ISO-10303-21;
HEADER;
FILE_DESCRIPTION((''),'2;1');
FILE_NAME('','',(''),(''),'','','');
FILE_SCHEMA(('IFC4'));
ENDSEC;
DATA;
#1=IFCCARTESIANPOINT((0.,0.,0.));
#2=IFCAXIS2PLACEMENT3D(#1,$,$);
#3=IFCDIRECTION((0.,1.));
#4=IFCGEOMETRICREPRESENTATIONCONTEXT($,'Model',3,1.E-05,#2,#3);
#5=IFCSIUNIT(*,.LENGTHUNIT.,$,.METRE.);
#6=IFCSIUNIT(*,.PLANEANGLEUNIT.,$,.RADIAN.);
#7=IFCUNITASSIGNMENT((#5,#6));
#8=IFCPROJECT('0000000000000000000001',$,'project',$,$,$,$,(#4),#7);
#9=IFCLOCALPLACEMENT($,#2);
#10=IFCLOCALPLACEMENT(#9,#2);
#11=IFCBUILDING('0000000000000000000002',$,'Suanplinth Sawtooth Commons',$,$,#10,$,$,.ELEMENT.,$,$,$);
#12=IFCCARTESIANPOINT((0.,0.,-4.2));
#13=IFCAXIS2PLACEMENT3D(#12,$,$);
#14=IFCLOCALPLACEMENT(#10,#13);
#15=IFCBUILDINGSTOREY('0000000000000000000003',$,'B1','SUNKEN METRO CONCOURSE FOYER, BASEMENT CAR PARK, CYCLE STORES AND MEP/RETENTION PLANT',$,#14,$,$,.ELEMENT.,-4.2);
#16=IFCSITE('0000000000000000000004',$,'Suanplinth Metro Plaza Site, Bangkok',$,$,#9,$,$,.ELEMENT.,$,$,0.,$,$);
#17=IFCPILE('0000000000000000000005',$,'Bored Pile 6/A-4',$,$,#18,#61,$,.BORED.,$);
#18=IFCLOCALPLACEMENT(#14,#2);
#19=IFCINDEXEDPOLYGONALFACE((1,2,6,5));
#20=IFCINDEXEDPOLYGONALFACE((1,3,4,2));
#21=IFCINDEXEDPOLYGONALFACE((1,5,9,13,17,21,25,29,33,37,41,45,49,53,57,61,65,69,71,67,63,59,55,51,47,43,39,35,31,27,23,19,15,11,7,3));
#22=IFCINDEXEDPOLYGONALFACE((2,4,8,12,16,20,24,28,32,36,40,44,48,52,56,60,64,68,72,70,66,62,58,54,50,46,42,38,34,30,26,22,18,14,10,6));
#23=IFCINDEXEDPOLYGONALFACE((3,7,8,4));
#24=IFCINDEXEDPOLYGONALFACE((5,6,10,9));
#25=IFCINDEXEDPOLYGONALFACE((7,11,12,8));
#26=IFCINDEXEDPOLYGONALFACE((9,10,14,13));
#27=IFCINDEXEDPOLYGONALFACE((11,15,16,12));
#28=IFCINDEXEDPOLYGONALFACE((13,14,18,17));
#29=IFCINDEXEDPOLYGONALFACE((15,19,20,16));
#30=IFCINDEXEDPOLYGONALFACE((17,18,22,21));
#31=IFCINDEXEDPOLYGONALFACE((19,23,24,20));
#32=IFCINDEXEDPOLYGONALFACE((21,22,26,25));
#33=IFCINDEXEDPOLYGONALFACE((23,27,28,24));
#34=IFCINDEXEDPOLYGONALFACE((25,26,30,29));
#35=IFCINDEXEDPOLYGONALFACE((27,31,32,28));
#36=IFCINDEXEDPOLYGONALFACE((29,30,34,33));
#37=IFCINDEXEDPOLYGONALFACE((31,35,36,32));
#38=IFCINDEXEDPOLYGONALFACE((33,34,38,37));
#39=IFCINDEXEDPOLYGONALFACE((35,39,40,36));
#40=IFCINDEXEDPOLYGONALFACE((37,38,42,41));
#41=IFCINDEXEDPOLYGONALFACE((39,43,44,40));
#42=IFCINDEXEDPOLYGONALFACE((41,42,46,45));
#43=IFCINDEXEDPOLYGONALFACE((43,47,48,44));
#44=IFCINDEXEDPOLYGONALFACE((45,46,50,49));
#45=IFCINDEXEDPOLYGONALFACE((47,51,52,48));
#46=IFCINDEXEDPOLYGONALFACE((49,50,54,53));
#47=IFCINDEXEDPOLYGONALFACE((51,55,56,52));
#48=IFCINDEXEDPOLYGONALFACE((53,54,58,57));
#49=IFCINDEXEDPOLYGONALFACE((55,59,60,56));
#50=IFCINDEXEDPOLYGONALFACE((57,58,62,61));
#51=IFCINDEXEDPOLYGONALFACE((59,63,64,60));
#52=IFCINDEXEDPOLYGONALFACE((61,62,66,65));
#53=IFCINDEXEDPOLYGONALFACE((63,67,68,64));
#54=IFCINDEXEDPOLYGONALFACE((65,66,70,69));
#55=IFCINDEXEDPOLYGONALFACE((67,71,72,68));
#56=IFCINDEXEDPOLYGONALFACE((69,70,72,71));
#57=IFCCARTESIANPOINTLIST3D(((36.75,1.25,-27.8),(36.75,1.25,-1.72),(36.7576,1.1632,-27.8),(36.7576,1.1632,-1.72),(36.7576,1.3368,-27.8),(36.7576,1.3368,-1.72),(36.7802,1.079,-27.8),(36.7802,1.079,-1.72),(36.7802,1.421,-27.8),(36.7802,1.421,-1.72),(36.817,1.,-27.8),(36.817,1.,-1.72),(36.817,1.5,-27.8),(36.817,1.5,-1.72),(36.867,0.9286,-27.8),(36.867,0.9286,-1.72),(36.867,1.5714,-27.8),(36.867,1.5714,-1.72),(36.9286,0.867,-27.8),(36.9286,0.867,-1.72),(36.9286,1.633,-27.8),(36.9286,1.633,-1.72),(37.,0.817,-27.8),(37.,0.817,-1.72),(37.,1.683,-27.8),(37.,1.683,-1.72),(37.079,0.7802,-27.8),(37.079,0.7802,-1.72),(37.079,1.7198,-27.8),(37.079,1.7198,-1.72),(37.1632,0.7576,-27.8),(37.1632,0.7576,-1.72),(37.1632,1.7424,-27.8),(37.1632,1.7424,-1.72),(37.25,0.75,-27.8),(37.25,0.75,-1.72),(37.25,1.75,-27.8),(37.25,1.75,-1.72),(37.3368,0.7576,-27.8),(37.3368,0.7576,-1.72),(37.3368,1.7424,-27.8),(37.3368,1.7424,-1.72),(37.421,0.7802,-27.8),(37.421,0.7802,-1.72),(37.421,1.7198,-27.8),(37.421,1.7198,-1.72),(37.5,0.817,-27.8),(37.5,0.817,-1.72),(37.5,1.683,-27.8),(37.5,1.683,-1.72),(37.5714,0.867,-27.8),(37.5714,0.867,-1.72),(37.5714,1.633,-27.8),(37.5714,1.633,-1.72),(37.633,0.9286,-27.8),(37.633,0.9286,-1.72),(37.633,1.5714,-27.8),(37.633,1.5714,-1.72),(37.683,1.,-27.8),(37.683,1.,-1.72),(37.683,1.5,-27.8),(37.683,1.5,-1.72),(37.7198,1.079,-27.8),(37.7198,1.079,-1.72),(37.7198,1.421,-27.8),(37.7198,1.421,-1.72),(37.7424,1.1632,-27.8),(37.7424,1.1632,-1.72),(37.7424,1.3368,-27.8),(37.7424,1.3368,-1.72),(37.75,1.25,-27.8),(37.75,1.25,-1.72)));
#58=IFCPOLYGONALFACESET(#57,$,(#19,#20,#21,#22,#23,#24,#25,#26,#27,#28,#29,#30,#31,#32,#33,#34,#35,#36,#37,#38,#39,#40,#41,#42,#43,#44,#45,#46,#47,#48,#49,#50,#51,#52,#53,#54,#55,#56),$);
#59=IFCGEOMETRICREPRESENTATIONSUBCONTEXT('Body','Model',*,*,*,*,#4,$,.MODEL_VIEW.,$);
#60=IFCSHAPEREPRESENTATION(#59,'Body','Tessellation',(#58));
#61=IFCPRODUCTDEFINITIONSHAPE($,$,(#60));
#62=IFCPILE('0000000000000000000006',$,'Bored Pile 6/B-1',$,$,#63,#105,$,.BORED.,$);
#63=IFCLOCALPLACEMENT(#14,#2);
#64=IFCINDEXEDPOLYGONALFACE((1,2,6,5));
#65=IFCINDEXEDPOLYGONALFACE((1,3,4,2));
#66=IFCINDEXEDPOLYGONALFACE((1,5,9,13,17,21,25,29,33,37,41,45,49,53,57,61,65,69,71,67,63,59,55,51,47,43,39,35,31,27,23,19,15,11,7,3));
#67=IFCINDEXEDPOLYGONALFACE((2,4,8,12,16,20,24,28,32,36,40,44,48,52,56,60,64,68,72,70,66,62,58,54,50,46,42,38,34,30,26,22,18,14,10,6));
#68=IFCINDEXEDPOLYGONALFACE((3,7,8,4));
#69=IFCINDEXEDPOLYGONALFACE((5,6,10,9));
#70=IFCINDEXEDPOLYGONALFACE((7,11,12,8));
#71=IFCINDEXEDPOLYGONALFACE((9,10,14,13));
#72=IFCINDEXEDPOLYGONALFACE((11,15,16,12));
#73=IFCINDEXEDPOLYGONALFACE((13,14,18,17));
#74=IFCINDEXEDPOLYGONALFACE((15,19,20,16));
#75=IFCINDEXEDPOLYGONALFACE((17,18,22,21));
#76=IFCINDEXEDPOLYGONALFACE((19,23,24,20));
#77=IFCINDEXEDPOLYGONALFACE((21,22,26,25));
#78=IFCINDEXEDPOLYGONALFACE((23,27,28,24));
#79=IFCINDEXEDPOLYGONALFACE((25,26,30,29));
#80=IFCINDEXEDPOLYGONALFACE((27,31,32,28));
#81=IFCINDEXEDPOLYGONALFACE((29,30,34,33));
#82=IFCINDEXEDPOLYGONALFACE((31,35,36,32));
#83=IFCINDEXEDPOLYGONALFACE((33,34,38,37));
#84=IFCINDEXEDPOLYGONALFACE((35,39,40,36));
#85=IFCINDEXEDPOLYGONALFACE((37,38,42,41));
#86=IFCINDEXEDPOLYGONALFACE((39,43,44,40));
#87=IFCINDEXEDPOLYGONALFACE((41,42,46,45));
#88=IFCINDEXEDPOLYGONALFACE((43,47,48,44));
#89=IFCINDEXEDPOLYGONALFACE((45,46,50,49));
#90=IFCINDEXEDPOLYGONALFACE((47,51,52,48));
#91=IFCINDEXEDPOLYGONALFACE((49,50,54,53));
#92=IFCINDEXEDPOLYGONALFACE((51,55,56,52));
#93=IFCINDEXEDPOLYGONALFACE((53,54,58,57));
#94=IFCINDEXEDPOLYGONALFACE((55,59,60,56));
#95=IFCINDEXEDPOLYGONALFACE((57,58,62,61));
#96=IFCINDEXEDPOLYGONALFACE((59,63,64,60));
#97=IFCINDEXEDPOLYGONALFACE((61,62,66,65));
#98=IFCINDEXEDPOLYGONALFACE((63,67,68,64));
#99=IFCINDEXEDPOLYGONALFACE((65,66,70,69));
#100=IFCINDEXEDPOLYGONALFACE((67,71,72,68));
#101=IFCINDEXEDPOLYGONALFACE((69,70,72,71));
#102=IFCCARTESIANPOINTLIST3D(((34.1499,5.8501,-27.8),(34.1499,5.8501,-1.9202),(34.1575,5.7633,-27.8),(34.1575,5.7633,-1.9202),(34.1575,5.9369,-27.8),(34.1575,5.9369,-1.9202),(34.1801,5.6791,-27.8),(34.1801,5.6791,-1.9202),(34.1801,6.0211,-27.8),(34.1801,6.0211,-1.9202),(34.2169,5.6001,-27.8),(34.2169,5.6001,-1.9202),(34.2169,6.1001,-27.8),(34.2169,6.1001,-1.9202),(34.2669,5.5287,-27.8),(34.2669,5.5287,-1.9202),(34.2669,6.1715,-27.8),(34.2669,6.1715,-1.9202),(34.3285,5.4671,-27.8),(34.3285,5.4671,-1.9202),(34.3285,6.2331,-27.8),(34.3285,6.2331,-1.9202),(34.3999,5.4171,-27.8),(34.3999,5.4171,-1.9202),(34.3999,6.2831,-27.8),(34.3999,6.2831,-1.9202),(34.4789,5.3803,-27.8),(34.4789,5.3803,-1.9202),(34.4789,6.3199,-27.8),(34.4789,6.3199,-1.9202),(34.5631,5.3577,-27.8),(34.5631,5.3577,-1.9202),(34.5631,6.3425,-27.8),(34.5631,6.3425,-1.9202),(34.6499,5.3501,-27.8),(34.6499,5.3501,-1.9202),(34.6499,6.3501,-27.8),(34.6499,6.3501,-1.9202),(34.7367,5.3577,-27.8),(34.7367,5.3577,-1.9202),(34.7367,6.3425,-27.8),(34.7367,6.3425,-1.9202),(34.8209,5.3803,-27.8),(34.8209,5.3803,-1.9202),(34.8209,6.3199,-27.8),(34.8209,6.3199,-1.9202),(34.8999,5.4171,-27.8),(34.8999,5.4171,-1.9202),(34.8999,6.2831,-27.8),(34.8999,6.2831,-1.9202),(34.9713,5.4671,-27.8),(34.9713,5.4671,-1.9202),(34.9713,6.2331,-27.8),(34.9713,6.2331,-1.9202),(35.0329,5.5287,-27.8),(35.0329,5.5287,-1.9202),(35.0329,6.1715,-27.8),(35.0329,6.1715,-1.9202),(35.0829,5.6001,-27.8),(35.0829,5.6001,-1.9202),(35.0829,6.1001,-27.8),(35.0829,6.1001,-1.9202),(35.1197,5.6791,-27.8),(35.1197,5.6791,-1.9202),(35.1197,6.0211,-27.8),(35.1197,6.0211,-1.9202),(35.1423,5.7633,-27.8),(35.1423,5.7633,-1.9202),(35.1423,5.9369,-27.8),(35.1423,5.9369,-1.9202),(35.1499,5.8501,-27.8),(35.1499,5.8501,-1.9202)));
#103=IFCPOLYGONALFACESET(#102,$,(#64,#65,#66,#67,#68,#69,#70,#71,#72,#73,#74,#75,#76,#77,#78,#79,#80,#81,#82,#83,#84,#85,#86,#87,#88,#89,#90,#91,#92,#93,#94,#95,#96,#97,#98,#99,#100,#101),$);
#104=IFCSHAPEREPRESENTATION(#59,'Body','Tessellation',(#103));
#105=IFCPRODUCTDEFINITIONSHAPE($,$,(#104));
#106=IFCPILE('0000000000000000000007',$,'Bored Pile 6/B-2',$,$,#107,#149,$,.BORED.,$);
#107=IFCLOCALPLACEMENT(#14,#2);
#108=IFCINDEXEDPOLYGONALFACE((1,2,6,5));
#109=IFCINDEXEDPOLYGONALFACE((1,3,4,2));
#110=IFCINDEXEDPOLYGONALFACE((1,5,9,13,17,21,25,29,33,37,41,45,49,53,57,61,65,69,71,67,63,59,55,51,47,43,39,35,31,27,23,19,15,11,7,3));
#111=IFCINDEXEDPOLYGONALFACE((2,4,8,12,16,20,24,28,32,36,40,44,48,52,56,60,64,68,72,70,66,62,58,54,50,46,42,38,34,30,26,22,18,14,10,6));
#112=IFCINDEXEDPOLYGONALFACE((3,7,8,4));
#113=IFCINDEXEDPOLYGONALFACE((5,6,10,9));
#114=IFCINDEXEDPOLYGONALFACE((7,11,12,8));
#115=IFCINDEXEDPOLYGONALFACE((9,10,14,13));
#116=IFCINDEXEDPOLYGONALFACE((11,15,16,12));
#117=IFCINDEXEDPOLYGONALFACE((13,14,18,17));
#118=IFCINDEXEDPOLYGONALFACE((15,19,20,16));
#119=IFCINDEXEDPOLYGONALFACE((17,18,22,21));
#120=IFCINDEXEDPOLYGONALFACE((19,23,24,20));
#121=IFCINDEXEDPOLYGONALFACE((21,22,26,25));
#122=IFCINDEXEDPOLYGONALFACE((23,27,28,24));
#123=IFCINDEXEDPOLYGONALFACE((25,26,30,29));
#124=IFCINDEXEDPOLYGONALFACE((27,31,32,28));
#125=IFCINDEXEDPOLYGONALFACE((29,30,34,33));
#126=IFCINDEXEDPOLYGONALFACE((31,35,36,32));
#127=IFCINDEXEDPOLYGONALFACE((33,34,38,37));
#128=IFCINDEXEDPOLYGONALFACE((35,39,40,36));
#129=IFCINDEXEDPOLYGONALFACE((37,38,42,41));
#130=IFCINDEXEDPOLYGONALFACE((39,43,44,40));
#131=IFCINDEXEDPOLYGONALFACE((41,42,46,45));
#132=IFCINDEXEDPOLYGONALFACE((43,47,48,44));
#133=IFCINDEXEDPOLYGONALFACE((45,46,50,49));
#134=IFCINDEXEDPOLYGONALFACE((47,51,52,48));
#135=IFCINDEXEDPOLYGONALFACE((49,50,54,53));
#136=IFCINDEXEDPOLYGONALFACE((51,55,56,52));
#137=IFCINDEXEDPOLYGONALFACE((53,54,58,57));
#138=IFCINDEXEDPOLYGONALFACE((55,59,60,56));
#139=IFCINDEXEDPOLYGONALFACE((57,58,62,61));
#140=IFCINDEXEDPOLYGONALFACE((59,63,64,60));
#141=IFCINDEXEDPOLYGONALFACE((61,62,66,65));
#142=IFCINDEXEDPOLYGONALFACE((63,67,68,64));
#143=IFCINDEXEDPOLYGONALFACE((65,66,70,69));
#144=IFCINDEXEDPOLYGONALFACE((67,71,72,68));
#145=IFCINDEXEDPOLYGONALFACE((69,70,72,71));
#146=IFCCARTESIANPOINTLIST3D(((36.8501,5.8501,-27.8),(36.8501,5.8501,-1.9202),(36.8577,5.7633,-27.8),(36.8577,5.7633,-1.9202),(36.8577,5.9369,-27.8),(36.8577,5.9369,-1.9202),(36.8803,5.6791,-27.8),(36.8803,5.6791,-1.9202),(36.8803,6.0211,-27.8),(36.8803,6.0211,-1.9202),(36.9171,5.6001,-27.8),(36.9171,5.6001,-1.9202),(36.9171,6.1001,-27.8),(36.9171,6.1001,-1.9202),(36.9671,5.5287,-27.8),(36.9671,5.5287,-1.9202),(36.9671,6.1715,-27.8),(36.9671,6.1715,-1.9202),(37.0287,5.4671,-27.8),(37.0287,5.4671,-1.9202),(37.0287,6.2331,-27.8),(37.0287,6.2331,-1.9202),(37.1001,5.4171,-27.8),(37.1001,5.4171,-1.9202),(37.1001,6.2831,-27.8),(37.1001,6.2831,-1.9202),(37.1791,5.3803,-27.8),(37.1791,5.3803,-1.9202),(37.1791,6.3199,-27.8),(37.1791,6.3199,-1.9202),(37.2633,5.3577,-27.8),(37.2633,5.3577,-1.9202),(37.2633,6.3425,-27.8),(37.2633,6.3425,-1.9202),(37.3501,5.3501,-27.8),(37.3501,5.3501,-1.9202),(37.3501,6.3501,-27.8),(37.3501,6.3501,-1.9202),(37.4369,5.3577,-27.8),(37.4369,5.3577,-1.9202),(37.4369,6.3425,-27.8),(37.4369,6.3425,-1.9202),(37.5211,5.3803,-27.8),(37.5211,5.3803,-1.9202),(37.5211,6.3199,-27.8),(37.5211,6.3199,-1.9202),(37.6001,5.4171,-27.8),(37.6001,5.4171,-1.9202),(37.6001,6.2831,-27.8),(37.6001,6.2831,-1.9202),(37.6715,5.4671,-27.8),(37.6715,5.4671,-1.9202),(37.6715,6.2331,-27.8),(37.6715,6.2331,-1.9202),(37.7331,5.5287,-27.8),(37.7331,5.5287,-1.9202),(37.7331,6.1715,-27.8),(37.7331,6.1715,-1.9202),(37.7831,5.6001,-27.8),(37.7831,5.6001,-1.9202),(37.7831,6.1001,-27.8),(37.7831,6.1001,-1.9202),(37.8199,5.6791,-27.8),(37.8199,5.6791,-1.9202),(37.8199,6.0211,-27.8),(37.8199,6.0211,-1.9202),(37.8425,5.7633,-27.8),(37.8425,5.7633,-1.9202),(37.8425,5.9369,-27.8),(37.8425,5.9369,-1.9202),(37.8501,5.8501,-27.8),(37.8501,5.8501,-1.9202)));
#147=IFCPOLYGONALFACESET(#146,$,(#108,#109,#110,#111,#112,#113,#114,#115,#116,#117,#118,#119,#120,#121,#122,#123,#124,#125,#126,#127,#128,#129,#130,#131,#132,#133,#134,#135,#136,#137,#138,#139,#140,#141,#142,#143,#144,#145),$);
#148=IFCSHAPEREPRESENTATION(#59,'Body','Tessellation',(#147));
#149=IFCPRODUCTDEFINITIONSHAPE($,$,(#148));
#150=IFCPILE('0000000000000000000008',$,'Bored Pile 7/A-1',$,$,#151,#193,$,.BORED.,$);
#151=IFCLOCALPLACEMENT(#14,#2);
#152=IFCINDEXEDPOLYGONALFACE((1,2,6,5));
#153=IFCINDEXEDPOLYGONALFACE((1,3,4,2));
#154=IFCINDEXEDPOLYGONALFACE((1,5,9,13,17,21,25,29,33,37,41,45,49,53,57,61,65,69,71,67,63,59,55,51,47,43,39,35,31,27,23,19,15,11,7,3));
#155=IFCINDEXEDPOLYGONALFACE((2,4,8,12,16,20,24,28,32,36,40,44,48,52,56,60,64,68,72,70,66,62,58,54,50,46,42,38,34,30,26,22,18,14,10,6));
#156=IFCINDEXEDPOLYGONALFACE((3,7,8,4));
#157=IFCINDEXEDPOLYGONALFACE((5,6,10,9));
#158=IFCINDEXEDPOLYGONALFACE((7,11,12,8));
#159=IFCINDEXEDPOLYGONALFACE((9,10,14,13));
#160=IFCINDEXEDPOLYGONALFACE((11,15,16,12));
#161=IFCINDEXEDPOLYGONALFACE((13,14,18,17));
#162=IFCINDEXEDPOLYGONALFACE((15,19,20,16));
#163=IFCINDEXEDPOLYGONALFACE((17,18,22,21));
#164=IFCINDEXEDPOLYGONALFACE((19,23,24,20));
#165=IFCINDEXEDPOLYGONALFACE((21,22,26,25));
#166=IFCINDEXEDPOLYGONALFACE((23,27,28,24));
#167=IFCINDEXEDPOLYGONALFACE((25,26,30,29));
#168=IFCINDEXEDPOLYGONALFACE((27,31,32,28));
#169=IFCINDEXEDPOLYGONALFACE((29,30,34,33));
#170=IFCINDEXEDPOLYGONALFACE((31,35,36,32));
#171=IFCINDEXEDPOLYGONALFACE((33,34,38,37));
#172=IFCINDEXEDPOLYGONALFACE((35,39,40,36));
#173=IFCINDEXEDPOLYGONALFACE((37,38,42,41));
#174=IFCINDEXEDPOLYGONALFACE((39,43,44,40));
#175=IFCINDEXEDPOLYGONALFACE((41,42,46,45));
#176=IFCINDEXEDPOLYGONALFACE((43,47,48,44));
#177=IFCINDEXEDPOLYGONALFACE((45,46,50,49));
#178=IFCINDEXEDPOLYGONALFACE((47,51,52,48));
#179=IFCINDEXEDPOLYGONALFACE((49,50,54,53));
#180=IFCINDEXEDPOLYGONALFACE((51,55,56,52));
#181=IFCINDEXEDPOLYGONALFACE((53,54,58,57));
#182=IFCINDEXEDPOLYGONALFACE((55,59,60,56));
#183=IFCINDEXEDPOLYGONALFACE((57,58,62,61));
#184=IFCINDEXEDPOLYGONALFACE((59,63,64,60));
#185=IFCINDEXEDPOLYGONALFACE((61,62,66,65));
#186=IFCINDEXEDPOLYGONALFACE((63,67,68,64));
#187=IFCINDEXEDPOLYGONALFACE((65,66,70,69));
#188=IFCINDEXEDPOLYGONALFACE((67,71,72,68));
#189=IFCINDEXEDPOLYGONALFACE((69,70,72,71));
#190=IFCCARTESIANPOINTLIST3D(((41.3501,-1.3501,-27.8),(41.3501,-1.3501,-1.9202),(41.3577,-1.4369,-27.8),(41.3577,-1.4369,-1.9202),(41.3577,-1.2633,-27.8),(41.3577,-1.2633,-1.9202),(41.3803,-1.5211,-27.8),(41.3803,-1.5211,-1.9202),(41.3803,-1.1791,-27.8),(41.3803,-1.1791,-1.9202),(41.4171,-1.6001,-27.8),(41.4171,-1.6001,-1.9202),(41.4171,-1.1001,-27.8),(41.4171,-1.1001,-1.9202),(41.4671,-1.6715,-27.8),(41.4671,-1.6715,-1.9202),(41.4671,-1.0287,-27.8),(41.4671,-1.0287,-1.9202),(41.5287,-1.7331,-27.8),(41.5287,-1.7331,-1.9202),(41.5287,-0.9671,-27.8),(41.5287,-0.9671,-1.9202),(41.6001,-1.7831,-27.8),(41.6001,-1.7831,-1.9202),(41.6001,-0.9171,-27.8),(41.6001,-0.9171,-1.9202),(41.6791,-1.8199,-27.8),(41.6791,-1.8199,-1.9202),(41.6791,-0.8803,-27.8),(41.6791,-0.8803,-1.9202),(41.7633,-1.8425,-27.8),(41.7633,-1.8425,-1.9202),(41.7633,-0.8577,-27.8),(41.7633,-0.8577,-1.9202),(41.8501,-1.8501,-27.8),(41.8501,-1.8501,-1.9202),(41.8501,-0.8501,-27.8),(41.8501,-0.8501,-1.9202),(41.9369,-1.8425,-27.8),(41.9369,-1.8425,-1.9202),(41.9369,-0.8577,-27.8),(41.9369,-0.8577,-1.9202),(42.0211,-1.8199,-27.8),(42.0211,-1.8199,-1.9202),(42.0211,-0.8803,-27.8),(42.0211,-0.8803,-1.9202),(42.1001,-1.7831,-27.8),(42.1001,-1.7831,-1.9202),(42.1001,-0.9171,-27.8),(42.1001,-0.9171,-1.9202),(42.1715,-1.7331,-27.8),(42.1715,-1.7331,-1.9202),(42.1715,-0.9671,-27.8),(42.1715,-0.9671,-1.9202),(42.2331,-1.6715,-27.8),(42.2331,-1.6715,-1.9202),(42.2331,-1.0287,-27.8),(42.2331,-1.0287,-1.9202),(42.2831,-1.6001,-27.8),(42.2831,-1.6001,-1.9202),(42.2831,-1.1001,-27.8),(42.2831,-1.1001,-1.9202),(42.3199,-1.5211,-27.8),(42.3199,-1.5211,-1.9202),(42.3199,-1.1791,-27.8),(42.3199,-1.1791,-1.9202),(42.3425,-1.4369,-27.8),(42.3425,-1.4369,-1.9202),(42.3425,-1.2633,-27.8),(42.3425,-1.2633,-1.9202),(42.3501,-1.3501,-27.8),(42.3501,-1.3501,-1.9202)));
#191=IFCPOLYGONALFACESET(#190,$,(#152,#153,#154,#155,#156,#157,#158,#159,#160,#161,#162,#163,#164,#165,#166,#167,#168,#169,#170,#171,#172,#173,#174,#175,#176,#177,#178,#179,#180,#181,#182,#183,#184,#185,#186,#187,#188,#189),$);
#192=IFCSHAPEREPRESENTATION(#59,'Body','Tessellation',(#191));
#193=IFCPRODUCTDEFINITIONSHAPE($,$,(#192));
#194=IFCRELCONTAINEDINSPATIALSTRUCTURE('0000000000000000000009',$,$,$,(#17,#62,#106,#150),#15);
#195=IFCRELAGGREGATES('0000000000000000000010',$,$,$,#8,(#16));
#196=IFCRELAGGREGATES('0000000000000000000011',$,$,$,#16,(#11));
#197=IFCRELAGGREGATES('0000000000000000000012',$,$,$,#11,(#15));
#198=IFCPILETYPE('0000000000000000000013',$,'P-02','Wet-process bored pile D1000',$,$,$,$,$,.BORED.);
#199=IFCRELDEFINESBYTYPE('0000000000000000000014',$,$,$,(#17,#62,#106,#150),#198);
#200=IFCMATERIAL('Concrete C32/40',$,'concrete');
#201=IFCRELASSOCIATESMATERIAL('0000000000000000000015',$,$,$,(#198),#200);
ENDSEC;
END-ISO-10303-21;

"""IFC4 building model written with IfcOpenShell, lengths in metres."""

from ifc_helpers import new_model, si_unit, direction, frame, origin, origin_2d, place, context, subcontext, project, spatial, circle, extrude, material, material_profile, profile_set, type_object, element, save


model = new_model("IFC4")

# Units and contexts
model_context = context("Model", 3, precision=1e-05, world=origin(), true_north=direction((0.0, 1.0)))
body_context = subcontext(model_context, "Body", "Model", "MODEL_VIEW")
ifc_project = project(units=[si_unit("LENGTHUNIT", "METRE"), si_unit("PLANEANGLEUNIT", "RADIAN")], contexts=[model_context])

# Site, building, storey
site_placement = place(None, origin())
site = spatial("IfcSite", under=ifc_project, at=site_placement, Name="Suanplinth Metro Plaza Site, Bangkok", CompositionType="ELEMENT", RefElevation=0.0)
building_placement = place(site_placement, origin())
building = spatial("IfcBuilding", under=site, at=building_placement, Name="Suanplinth Sawtooth Commons", CompositionType="ELEMENT")
storey_placement = place(building_placement, frame((0.0, 0.0, -4.2)))
storey = spatial("IfcBuildingStorey", under=building, at=storey_placement, Name="B1", Description="SUNKEN METRO CONCOURSE FOYER, BASEMENT CAR PARK, CYCLE STORES AND MEP/RETENTION PLANT", CompositionType="ELEMENT", Elevation=-4.2)

# Piles
ifc_material_1 = material(Name="Concrete C32/40", Category="concrete")
ifc_material_profile_1 = material_profile(ifc_material_1, circle(Radius=0.5, at=origin_2d()), Name="PILE D1000")
ifc_profile_set_1 = profile_set([ifc_material_profile_1], Name="Concrete C32/40")
pile_type = type_object("IfcPileType", Name="P-02", Description="Wet-process bored pile D1000", PredefinedType="BORED", material=ifc_profile_set_1)
for number, where, z_axis, x_axis, name in (
    (1, (37.25, 1.25, -1.72), (0.0, 0.0, -1.0), (1.0, 0.0, 0.0), "Bored Pile 6/A-4"),
):
    element("IfcPile", number, at=place(storey_placement, frame(where, z_axis=z_axis, x_axis=x_axis)), inside=storey, type_object=pile_type, Name=name, PredefinedType="BORED", context=body_context, shape_type="SweptSolid", body=[
        extrude(circle(Radius=0.5, at=origin_2d()), origin(), (0.0, 0.0, 1.0), 26.0801),
    ])
for number, where, z_axis, x_axis, name in (
    (2, (34.6499, 5.8501, -1.9202), (0.0, 0.0, -1.0), (1.0, 0.0, 0.0), "Bored Pile 6/B-1"),
    (3, (37.3501, 5.8501, -1.9202), (0.0, 0.0, -1.0), (1.0, 0.0, 0.0), "Bored Pile 6/B-2"),
    (4, (41.8501, -1.3501, -1.9202), (0.0, 0.0, -1.0), (1.0, 0.0, 0.0), "Bored Pile 7/A-1"),
):
    element("IfcPile", number, at=place(storey_placement, frame(where, z_axis=z_axis, x_axis=x_axis)), inside=storey, type_object=pile_type, Name=name, PredefinedType="BORED", context=body_context, shape_type="SweptSolid", body=[
        extrude(circle(Radius=0.5, at=origin_2d()), origin(), (0.0, 0.0, 1.0), 25.8799),
    ])

save(model, "model.ifc")
